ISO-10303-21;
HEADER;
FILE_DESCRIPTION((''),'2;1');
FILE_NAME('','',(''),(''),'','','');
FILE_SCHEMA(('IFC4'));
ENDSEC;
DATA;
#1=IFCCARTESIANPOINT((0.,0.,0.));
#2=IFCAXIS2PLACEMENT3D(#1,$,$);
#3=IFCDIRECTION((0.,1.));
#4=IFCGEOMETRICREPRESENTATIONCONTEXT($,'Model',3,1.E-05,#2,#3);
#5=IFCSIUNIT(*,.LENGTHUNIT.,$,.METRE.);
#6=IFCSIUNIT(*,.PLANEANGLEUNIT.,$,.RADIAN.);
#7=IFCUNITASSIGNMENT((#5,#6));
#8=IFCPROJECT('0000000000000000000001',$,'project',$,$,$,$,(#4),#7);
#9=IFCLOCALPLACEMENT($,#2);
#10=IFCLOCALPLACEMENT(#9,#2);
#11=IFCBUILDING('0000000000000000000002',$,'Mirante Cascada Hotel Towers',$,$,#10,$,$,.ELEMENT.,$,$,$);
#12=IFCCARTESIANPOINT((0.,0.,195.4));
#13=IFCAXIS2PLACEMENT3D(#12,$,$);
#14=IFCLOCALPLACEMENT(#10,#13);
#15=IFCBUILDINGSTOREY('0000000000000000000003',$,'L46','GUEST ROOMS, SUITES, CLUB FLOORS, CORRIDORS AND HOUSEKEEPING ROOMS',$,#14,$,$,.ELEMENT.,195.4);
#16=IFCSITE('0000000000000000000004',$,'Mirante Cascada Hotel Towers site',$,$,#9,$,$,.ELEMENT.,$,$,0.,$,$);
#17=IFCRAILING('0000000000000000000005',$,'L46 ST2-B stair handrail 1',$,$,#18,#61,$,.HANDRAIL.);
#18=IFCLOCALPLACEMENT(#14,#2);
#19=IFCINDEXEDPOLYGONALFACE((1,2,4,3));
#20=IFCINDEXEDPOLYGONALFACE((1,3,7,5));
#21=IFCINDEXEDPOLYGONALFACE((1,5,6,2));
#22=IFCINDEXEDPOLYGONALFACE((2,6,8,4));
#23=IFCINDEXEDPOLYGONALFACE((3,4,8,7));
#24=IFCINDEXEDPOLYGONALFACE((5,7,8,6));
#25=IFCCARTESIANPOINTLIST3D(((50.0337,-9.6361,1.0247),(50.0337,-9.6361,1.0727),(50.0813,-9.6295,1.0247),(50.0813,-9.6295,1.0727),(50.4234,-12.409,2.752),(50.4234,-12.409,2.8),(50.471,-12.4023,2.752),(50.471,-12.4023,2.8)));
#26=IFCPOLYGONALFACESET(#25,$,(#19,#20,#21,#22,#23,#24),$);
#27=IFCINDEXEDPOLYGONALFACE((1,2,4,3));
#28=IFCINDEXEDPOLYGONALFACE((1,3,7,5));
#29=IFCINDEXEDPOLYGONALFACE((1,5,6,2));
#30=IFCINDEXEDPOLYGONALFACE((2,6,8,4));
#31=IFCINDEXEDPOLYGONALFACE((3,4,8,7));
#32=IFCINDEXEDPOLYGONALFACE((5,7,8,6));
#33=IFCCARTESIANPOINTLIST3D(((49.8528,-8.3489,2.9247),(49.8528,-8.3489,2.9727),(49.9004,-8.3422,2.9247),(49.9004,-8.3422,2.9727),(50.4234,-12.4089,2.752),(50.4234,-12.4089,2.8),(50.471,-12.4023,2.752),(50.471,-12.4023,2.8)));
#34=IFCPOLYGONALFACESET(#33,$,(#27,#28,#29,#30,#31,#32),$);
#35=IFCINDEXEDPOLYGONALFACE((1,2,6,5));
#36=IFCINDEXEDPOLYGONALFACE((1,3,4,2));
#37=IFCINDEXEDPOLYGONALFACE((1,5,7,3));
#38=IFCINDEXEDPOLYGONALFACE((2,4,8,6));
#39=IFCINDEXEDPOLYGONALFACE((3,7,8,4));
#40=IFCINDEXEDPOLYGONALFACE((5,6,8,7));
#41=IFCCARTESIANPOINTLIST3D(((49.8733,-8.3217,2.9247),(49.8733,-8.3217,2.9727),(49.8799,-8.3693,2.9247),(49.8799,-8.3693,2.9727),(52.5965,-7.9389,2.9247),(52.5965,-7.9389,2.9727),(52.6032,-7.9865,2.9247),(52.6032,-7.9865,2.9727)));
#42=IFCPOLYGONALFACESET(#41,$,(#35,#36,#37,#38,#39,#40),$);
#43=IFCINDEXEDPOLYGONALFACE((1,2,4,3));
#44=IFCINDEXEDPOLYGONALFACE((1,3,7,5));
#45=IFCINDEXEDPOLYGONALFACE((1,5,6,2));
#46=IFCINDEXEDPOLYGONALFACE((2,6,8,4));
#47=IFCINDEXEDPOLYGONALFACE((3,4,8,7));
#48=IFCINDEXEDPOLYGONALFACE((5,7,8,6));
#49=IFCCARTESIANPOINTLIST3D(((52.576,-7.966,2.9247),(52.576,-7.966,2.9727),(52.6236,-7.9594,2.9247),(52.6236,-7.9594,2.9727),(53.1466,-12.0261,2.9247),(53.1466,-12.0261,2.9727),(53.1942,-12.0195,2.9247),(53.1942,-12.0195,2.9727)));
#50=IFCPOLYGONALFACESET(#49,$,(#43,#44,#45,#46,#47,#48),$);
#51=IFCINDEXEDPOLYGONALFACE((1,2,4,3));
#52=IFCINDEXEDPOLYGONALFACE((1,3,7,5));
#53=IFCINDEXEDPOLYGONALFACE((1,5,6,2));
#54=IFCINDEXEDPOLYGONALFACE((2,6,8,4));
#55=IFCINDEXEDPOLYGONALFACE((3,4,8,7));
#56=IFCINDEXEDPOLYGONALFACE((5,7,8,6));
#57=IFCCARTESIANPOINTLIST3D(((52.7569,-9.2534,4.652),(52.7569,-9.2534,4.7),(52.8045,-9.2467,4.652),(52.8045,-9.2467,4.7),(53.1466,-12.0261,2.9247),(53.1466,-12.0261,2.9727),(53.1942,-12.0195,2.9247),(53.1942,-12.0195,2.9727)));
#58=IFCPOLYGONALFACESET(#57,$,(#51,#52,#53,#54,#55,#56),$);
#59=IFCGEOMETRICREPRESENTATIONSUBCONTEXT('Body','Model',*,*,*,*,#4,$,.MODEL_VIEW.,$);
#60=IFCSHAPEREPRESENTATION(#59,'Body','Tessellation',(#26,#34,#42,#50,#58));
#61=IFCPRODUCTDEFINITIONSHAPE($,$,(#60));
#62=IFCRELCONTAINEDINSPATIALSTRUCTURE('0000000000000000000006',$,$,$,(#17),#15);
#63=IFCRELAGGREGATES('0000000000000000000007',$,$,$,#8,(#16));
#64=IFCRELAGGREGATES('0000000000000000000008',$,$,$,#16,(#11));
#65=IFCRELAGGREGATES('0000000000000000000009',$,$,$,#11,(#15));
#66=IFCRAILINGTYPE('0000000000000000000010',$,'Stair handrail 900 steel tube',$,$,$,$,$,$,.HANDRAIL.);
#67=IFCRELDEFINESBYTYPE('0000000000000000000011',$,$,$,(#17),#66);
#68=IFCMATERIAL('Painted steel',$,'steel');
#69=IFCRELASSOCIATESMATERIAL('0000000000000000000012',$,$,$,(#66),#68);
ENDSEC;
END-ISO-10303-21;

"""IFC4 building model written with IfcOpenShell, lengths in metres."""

from ifc_helpers import new_model, si_unit, direction, frame, origin, origin_2d, place, context, subcontext, project, spatial, rectangle, extrude, material, type_object, element, save


model = new_model("IFC4")

# Units and contexts
model_context = context("Model", 3, precision=1e-05, world=origin(), true_north=direction((0.0, 1.0)))
body_context = subcontext(model_context, "Body", "Model", "MODEL_VIEW")
ifc_project = project(units=[si_unit("LENGTHUNIT", "METRE"), si_unit("PLANEANGLEUNIT", "RADIAN")], contexts=[model_context])

# Site, building, storey
site_placement = place(None, origin())
site = spatial("IfcSite", under=ifc_project, at=site_placement, Name="Mirante Cascada Hotel Towers site", CompositionType="ELEMENT", RefElevation=0.0)
building_placement = place(site_placement, origin())
building = spatial("IfcBuilding", under=site, at=building_placement, Name="Mirante Cascada Hotel Towers", CompositionType="ELEMENT")
storey_placement = place(building_placement, frame((0.0, 0.0, 195.4)))
storey = spatial("IfcBuildingStorey", under=building, at=storey_placement, Name="L46", Description="GUEST ROOMS, SUITES, CLUB FLOORS, CORRIDORS AND HOUSEKEEPING ROOMS", CompositionType="ELEMENT", Elevation=195.4)

# Railing
ifc_material_1 = material(Name="Painted steel", Category="steel")
railing_type_1 = type_object("IfcRailingType", Name="Stair handrail 900 steel tube", PredefinedType="HANDRAIL", material=ifc_material_1)
railing_1_placement = place(storey_placement, frame((50.0575, -9.6328, 0.1727)))
element("IfcRailing", 1, at=railing_1_placement, inside=storey, type_object=railing_type_1, Name="L46 ST2-B stair handrail 1", PredefinedType="HANDRAIL", context=body_context, shape_type="SweptSolid", body=[
    extrude(rectangle(XDim=0.048, YDim=0.048, at=origin_2d()), frame((0.0, 0.0, 0.876), z_axis=(0.139176, -0.990268, 0.0), x_axis=(0.990268, 0.139176, 0.0)), (0.0, 0.525021, 0.851089), 3.29),
    extrude(rectangle(XDim=0.048, YDim=0.048, at=origin_2d()), frame((0.3897, -2.7728, 2.6033), z_axis=(-0.139171, 0.990268, 0.0), x_axis=(-0.990268, -0.139171, 0.0)), (0.0, 0.042085, 0.999114), 4.1036),
    extrude(rectangle(XDim=0.048, YDim=0.048, at=origin_2d()), frame((-0.1809, 1.2873, 2.776), z_axis=(0.990264, 0.139201, 0.0), x_axis=(-0.139201, 0.990264, 0.0)), (0.0, 0.0, 1.0), 2.75),
    extrude(rectangle(XDim=0.048, YDim=0.048, at=origin_2d()), frame((2.5423, 1.6701, 2.776), z_axis=(0.139171, -0.990268, 0.0), x_axis=(0.990268, 0.139171, 0.0)), (0.0, 0.0, 1.0), 4.1),
    extrude(rectangle(XDim=0.048, YDim=0.048, at=origin_2d()), frame((3.1129, -2.39, 2.776), z_axis=(-0.139181, 0.990267, 0.0), x_axis=(-0.990267, -0.139181, 0.0)), (0.0, 0.525035, 0.851081), 3.2899),
])

save(model, "model.ifc")
